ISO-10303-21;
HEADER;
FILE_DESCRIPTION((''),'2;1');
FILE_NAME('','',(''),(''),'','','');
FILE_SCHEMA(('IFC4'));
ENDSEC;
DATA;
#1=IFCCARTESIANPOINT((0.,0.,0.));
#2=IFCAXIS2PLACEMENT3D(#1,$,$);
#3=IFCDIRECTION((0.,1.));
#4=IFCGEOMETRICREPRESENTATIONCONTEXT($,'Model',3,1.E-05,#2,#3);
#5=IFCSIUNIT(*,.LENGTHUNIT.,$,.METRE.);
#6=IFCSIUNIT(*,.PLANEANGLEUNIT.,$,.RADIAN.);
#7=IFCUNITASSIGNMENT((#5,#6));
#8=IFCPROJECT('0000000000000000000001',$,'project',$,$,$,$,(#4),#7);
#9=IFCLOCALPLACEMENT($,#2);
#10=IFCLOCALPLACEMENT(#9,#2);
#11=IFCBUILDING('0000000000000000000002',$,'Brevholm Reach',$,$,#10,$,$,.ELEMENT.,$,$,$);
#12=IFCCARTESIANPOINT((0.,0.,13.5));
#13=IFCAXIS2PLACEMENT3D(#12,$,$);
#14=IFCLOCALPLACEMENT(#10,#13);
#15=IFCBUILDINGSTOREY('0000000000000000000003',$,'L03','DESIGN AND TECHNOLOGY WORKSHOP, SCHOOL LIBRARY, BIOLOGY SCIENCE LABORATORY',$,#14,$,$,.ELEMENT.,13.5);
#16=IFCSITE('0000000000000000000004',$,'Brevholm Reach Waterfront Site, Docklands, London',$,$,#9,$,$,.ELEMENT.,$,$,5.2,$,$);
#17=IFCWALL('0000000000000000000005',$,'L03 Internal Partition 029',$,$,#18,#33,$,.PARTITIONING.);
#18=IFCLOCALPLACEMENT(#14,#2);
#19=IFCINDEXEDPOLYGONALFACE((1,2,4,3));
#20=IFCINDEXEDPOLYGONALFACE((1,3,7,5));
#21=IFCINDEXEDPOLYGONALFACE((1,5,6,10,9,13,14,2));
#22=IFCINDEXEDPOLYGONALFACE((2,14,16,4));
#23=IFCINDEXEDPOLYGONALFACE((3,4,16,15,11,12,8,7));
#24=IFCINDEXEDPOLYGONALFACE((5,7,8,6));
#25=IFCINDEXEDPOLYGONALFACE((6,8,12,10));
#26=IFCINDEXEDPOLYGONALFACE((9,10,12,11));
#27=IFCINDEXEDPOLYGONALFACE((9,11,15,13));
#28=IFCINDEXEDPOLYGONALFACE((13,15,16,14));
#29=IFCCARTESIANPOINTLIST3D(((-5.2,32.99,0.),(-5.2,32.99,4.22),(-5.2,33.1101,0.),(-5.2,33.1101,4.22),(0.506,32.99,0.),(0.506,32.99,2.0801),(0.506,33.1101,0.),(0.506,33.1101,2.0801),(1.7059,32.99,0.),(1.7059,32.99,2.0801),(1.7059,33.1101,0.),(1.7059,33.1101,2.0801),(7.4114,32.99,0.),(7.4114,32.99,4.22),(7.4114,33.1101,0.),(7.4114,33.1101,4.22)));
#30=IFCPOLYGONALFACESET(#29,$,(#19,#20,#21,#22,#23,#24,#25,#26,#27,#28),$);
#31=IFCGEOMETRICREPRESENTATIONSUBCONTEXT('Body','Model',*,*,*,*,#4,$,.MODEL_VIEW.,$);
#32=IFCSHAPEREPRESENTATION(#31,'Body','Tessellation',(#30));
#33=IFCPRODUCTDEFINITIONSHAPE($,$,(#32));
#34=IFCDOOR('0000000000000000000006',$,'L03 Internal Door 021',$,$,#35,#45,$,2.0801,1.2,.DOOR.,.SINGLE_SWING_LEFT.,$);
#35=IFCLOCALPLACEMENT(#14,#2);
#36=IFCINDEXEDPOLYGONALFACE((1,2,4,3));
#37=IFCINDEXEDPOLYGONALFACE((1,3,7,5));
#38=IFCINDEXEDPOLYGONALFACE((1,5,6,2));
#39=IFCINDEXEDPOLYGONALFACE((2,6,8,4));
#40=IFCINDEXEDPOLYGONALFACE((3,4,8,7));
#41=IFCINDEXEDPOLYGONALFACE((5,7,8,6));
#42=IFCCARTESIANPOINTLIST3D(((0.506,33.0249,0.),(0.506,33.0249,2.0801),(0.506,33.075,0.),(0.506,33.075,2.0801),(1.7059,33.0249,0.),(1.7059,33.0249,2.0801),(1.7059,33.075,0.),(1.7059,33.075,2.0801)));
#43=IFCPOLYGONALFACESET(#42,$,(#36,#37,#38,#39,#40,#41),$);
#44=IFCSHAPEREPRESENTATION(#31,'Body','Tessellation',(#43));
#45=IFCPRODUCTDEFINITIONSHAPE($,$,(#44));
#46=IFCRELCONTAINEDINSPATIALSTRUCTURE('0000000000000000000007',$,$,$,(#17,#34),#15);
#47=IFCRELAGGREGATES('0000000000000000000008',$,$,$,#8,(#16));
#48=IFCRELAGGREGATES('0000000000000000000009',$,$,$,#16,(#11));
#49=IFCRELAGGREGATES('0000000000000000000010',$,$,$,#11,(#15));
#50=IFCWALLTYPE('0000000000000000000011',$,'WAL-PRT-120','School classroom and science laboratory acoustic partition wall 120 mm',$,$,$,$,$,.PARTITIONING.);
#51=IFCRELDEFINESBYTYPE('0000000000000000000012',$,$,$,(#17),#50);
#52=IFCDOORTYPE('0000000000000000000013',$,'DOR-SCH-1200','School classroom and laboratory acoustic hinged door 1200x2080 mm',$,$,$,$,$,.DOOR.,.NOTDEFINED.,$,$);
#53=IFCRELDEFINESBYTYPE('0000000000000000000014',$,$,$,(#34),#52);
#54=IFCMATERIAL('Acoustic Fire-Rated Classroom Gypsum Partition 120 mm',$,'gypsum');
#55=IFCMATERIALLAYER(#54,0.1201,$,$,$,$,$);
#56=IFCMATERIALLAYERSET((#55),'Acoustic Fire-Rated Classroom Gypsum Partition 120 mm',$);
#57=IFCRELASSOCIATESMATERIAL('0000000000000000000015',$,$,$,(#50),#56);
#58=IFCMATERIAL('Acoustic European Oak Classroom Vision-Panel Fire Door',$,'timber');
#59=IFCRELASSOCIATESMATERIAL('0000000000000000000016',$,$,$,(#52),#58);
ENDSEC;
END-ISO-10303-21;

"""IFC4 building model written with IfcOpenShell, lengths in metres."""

from ifc_helpers import new_model, si_unit, direction, frame, frame_2d, origin, place, context, subcontext, project, spatial, rectangle, extrude, material, layer, layer_set, type_object, element, fill, save


model = new_model("IFC4")

# Units and contexts
model_context = context("Model", 3, precision=1e-05, world=origin(), true_north=direction((0.0, 1.0)))
body_context = subcontext(model_context, "Body", "Model", "MODEL_VIEW")
ifc_project = project(units=[si_unit("LENGTHUNIT", "METRE"), si_unit("PLANEANGLEUNIT", "RADIAN")], contexts=[model_context])

# Site, building, storey
site_placement = place(None, origin())
site = spatial("IfcSite", under=ifc_project, at=site_placement, Name="Brevholm Reach Waterfront Site, Docklands, London", CompositionType="ELEMENT", RefElevation=5.2)
building_placement = place(site_placement, origin())
building = spatial("IfcBuilding", under=site, at=building_placement, Name="Brevholm Reach", CompositionType="ELEMENT")
storey_placement = place(building_placement, frame((0.0, 0.0, 13.5)))
storey = spatial("IfcBuildingStorey", under=building, at=storey_placement, Name="L03", Description="DESIGN AND TECHNOLOGY WORKSHOP, SCHOOL LIBRARY, BIOLOGY SCIENCE LABORATORY", CompositionType="ELEMENT", Elevation=13.5)

# Wall, opening, door
ifc_material_1 = material(Name="Acoustic Fire-Rated Classroom Gypsum Partition 120 mm", Category="gypsum")
ifc_layer_1 = layer(ifc_material_1, 0.1201)
ifc_layer_set_1 = layer_set([ifc_layer_1], Name="Acoustic Fire-Rated Classroom Gypsum Partition 120 mm")
wall_type_1 = type_object("IfcWallType", Name="WAL-PRT-120", Description="School classroom and science laboratory acoustic partition wall 120 mm", PredefinedType="PARTITIONING", material=ifc_layer_set_1)
ifc_material_2 = material(Name="Acoustic European Oak Classroom Vision-Panel Fire Door", Category="timber")
door_type = type_object("IfcDoorType", Name="DOR-SCH-1200", Description="School classroom and laboratory acoustic hinged door 1200x2080 mm", OperationType="NOTDEFINED", PredefinedType="DOOR", material=ifc_material_2)
wall_1_placement = place(storey_placement, frame((-5.2, 33.05, 0.0), z_axis=(0.0, 0.0, 1.0), x_axis=(1.0, 0.0, 0.0)))
wall_1 = element("IfcWall", 1, at=wall_1_placement, inside=storey, type_object=wall_type_1, Name="L03 Internal Partition 029", PredefinedType="PARTITIONING", context=body_context, shape_type="SweptSolid", body=[
    extrude(rectangle(XDim=12.6113, YDim=0.1201, at=frame_2d((6.3057, 0.0))), origin(), (0.0, 0.0, 1.0), 4.22),
])
opening_1_placement = place(wall_1_placement, frame((5.7058, 0.0, 0.0)))
opening_1 = element("IfcOpeningElement", 2, at=opening_1_placement, cuts=wall_1, PredefinedType="OPENING", context=body_context, shape_type="SweptSolid", body=[
    extrude(rectangle(XDim=1.2, YDim=2.0801, at=frame_2d((0.6001, 1.04))), frame((0.0, 0.0701, 0.0), z_axis=(0.0, -1.0, 0.0), x_axis=(1.0, 0.0, 0.0)), (0.0, 0.0, 1.0), 0.1401),
])
door_1_placement = place(opening_1_placement, origin())
door_1 = element("IfcDoor", 3, at=door_1_placement, inside=storey, type_object=door_type, Name="L03 Internal Door 021", OperationType="SINGLE_SWING_LEFT", OverallHeight=2.0801, OverallWidth=1.2, PredefinedType="DOOR", context=body_context, shape_type="SweptSolid", body=[
    extrude(rectangle(XDim=1.2, YDim=2.0801, at=frame_2d((0.6001, 1.04))), frame((0.0, 0.0249, 0.0), z_axis=(0.0, -1.0, 0.0), x_axis=(1.0, 0.0, 0.0)), (0.0, 0.0, 1.0), 0.05),
])
fill(opening_1, door_1)

save(model, "model.ifc")
